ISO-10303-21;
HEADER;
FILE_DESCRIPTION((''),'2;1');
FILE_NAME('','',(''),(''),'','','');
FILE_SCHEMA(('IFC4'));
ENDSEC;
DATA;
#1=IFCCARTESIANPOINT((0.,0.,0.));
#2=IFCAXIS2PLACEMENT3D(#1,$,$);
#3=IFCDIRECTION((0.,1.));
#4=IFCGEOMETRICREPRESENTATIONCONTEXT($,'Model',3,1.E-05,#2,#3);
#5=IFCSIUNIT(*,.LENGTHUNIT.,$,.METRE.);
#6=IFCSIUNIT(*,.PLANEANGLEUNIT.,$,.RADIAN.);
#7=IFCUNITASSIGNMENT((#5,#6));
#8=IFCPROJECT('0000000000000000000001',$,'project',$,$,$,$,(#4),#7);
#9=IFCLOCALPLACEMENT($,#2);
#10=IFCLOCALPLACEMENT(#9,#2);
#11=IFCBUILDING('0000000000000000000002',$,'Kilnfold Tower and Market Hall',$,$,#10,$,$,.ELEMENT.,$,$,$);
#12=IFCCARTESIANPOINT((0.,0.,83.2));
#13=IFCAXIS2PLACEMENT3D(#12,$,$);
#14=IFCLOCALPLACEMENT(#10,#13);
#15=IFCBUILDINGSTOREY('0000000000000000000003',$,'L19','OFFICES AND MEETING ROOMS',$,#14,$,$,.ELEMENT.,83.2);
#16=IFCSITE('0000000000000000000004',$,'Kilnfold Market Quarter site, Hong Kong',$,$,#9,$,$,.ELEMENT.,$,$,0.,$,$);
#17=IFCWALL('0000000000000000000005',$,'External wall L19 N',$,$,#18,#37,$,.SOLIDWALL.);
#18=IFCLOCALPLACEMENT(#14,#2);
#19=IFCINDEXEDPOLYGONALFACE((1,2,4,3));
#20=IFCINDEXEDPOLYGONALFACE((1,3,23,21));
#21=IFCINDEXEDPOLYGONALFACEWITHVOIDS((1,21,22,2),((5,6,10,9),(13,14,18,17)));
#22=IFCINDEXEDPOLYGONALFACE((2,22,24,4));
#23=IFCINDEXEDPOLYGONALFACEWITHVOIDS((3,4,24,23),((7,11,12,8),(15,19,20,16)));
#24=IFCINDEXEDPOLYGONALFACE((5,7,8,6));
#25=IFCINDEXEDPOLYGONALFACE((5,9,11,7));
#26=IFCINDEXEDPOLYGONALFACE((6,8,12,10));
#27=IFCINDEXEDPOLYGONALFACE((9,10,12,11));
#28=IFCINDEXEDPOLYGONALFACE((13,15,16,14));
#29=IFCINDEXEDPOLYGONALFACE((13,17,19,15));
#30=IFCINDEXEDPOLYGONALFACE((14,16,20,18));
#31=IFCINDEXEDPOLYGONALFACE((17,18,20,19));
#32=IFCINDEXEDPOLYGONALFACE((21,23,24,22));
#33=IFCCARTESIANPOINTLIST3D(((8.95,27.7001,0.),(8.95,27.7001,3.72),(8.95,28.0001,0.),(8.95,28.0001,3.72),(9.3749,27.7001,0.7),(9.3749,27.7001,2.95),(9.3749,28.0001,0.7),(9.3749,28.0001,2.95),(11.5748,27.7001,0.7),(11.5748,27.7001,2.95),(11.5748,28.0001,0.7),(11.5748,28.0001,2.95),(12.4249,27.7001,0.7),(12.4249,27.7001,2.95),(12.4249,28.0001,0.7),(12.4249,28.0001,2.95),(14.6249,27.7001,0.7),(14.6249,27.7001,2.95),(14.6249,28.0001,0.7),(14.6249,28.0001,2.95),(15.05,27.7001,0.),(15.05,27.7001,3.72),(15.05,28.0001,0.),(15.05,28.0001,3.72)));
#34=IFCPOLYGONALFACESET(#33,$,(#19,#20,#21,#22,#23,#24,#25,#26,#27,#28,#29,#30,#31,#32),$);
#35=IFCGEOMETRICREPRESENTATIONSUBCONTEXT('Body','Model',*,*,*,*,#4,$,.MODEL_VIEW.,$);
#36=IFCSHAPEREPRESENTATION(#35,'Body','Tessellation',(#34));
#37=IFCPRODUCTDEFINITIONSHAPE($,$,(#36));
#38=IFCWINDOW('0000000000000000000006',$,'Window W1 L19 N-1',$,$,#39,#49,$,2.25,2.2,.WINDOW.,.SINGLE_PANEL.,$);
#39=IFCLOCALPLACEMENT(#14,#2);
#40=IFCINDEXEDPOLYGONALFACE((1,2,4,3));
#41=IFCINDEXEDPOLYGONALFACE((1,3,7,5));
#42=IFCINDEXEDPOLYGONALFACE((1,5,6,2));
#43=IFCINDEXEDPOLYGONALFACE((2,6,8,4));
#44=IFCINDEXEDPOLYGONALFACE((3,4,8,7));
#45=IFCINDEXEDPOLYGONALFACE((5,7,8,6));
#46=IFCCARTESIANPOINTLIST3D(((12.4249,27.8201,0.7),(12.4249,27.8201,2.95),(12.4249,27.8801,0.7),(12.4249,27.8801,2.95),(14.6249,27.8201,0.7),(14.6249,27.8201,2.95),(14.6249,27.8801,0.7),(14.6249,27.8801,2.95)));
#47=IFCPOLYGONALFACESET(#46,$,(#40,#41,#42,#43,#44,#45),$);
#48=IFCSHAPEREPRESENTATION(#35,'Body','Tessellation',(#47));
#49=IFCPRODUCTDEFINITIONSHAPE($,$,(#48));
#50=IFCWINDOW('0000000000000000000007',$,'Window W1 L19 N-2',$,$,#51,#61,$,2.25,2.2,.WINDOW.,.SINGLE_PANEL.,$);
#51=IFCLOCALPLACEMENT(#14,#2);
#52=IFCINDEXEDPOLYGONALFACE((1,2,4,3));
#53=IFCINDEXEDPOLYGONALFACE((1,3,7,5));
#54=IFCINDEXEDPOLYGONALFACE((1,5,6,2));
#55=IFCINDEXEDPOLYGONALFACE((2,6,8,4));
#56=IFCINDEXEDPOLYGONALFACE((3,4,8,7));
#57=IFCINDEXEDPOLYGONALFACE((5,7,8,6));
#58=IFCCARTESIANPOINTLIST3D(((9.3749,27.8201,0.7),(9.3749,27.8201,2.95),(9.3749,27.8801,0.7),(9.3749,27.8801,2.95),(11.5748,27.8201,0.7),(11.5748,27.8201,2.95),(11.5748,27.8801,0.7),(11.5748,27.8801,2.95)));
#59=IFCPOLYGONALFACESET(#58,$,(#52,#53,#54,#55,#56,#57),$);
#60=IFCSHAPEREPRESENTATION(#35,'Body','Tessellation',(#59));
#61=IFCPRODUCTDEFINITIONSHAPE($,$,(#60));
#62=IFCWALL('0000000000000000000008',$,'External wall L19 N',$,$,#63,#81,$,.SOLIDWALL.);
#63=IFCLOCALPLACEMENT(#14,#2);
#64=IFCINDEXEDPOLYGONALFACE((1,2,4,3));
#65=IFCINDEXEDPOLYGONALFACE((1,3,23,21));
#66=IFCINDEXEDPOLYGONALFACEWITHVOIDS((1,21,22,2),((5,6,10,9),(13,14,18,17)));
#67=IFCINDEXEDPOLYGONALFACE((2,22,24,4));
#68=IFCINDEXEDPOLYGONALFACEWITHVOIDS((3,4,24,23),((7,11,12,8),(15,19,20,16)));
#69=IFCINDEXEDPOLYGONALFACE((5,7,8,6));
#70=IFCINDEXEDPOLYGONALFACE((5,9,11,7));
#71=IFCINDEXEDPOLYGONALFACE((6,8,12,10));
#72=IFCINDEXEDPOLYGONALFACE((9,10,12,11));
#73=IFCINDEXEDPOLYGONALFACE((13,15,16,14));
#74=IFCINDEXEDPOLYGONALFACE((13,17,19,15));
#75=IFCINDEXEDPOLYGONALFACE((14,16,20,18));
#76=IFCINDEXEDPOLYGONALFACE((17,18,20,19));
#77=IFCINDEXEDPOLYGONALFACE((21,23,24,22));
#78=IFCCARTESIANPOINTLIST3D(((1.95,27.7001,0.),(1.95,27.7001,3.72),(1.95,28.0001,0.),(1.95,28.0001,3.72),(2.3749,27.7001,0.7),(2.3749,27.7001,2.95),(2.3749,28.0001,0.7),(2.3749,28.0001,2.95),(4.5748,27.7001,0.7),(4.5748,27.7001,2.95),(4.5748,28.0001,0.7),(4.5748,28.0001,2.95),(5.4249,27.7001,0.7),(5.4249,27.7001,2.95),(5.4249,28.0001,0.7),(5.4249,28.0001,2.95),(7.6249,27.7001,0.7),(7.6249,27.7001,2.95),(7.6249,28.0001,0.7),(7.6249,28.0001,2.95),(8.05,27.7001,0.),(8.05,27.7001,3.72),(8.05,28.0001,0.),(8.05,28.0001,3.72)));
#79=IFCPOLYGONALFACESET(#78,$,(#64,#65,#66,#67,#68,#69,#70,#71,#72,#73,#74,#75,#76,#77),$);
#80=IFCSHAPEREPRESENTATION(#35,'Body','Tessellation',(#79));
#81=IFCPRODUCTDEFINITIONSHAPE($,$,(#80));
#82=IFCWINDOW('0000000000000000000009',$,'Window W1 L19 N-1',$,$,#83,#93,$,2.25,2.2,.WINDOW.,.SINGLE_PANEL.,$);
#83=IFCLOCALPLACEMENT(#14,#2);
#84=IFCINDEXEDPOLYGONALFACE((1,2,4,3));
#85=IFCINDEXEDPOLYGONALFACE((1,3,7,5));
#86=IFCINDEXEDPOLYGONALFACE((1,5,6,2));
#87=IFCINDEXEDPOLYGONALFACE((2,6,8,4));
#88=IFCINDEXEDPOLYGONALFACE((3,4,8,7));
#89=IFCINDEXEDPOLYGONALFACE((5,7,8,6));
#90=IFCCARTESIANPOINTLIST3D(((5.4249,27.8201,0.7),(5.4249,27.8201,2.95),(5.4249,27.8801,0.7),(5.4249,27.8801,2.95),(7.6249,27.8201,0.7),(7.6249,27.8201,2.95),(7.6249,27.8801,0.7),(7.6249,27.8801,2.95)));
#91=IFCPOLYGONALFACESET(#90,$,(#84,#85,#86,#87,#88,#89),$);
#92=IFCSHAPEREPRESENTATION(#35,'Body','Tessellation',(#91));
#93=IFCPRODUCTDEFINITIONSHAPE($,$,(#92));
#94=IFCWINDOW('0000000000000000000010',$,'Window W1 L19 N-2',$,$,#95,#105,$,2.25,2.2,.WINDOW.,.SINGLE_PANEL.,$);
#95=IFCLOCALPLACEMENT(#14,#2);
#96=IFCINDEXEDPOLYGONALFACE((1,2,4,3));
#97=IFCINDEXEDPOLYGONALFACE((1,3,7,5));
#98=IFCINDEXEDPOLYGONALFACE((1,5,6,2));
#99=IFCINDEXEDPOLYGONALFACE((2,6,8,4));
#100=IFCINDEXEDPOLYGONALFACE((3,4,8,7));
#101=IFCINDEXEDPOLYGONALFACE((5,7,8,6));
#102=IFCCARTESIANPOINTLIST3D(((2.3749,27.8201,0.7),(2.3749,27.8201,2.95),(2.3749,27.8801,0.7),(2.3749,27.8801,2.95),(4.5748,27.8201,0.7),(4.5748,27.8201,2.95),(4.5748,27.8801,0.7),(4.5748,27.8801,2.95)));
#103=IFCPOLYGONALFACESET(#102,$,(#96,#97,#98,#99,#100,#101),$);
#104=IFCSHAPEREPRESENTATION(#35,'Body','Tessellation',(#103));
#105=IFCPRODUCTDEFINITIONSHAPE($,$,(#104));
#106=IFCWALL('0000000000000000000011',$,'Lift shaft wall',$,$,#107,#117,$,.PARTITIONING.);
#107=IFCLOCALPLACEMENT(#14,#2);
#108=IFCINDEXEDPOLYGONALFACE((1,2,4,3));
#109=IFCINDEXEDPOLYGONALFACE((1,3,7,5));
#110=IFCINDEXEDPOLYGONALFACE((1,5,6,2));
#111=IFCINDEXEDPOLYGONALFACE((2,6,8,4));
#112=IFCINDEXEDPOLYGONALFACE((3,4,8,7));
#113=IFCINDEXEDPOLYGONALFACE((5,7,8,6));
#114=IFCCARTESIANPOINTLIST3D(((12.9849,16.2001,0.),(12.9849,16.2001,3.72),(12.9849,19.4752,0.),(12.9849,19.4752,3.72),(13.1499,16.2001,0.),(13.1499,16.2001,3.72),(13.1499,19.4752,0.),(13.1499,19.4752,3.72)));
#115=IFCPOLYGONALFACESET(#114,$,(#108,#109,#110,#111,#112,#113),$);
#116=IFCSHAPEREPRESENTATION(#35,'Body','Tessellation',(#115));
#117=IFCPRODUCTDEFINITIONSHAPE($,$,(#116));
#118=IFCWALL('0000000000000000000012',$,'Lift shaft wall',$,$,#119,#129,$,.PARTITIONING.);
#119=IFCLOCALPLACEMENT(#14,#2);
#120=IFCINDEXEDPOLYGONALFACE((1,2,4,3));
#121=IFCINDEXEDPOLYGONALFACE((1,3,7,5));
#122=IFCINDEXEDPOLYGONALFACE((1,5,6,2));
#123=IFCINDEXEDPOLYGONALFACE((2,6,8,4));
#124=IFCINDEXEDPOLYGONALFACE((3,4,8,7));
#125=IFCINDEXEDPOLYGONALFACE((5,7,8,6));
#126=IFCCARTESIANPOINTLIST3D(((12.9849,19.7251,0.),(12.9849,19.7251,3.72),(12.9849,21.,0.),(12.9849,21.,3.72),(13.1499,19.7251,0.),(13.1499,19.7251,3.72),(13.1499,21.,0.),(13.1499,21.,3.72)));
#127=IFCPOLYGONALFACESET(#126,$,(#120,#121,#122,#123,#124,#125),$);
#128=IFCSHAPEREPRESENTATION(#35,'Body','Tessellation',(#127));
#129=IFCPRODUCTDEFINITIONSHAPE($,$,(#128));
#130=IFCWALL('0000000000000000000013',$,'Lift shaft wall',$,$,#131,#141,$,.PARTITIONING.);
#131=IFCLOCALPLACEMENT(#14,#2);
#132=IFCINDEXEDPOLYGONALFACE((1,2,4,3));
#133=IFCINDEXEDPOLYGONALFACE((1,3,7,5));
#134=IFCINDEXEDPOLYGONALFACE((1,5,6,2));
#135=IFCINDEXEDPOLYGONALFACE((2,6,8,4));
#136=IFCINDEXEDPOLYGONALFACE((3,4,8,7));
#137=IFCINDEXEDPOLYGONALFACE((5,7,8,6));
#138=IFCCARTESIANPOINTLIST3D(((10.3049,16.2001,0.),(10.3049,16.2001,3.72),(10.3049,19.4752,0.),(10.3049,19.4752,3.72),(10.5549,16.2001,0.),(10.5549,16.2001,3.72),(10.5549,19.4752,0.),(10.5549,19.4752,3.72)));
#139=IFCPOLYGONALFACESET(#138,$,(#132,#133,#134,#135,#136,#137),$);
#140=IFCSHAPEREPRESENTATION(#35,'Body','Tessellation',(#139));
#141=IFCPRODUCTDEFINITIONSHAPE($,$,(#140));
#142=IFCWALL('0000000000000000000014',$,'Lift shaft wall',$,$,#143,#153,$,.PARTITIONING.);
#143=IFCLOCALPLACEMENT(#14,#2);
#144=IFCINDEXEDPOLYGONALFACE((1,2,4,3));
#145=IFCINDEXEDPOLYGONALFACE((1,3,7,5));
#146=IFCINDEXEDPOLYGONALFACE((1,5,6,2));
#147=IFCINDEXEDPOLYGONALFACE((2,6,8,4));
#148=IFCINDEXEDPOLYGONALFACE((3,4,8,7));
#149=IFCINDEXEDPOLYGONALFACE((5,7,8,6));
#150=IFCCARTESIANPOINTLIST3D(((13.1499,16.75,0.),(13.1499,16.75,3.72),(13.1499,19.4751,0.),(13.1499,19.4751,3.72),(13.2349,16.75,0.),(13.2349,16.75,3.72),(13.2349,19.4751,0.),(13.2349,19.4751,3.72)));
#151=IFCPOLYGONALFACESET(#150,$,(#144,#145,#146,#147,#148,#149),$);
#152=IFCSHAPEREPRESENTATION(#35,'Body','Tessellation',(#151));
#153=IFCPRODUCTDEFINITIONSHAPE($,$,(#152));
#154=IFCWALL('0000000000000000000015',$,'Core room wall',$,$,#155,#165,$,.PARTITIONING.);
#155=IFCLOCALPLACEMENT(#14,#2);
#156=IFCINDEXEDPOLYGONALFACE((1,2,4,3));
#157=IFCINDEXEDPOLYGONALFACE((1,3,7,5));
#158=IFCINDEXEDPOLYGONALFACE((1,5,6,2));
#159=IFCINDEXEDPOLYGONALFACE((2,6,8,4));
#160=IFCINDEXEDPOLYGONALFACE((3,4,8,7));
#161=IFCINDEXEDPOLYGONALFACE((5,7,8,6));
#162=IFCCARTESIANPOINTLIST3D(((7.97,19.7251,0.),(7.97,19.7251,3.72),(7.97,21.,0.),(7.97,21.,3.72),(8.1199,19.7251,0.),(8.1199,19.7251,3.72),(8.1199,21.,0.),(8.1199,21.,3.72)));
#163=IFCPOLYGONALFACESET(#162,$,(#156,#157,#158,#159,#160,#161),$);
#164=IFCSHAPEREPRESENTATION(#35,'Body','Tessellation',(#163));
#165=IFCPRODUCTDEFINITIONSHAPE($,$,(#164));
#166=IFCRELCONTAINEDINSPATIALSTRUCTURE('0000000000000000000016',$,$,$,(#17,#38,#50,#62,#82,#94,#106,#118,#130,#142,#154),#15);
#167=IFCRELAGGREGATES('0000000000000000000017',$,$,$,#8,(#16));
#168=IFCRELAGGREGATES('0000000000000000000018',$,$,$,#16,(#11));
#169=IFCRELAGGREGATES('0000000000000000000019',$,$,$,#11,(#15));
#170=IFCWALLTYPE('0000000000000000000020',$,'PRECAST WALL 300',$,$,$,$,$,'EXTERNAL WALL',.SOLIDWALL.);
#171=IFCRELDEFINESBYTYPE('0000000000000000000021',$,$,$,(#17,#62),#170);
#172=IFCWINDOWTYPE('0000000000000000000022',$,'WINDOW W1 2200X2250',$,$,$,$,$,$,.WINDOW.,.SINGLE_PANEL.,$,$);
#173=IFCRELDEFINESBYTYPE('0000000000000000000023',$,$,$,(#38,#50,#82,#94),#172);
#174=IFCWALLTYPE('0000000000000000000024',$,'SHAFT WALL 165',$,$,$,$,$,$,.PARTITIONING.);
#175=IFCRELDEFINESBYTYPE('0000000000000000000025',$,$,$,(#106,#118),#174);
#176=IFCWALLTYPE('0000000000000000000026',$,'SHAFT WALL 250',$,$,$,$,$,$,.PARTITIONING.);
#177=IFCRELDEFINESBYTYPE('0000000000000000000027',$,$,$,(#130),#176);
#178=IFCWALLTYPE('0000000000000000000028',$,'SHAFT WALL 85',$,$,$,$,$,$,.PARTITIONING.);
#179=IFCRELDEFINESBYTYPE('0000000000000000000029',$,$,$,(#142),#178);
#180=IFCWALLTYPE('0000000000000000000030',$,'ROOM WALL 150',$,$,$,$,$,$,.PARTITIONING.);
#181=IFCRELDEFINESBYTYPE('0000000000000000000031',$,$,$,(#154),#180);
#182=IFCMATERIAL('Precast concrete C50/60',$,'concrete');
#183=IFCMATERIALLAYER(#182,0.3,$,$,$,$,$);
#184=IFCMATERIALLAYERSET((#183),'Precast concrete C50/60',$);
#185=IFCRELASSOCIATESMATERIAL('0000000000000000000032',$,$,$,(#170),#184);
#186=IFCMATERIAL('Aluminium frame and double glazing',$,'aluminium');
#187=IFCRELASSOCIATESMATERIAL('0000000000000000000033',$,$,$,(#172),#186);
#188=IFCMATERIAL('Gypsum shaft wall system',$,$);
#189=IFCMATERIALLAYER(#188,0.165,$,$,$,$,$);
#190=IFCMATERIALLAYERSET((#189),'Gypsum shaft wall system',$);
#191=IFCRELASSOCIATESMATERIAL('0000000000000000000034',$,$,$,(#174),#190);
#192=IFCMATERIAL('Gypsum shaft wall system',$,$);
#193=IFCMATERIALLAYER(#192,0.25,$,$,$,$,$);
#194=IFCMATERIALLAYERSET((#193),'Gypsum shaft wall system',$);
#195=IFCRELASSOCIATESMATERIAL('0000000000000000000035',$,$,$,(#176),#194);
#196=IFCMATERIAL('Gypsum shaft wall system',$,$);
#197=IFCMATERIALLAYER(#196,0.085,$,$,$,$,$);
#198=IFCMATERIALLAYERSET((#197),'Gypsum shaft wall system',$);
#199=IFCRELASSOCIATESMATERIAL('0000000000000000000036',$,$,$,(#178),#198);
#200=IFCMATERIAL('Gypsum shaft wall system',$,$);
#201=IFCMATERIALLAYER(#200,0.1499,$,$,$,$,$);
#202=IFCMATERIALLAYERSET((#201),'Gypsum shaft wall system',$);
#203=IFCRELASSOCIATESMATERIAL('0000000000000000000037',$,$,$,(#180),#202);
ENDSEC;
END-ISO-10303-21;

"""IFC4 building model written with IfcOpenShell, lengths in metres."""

from ifc_helpers import new_model, si_unit, direction, frame, frame_2d, origin, place, context, subcontext, project, spatial, rectangle, extrude, source, transform, mapped, material, layer, layer_set, type_object, element, fill, save


model = new_model("IFC4")

# Units and contexts
model_context = context("Model", 3, precision=1e-05, world=origin(), true_north=direction((0.0, 1.0)))
body_context = subcontext(model_context, "Body", "Model", "MODEL_VIEW")
ifc_project = project(units=[si_unit("LENGTHUNIT", "METRE"), si_unit("PLANEANGLEUNIT", "RADIAN")], contexts=[model_context])

# Site, building, storey
site_placement = place(None, origin())
site = spatial("IfcSite", under=ifc_project, at=site_placement, Name="Kilnfold Market Quarter site, Hong Kong", CompositionType="ELEMENT", RefElevation=0.0)
building_placement = place(site_placement, origin())
building = spatial("IfcBuilding", under=site, at=building_placement, Name="Kilnfold Tower and Market Hall", CompositionType="ELEMENT")
storey_placement = place(building_placement, frame((0.0, 0.0, 83.2)))
storey = spatial("IfcBuildingStorey", under=building, at=storey_placement, Name="L19", Description="OFFICES AND MEETING ROOMS", CompositionType="ELEMENT", Elevation=83.2)

# Walls, openings, windows
ifc_material_1 = material(Name="Precast concrete C50/60", Category="concrete")
ifc_layer_1 = layer(ifc_material_1, 0.3)
ifc_layer_set_1 = layer_set([ifc_layer_1], Name="Precast concrete C50/60")
wall_type_1 = type_object("IfcWallType", Name="PRECAST WALL 300", ElementType="EXTERNAL WALL", PredefinedType="SOLIDWALL", material=ifc_layer_set_1)
shared_shape_1 = source(origin(), body_context, "Body", "SweptSolid", [
    extrude(rectangle(XDim=6.1001, YDim=0.3, at=frame_2d((3.05, 0.0))), origin(), (0.0, 0.0, 1.0), 3.72),
])
ifc_material_2 = material(Name="Aluminium frame and double glazing", Category="aluminium")
window_type = type_object("IfcWindowType", Name="WINDOW W1 2200X2250", PartitioningType="SINGLE_PANEL", PredefinedType="WINDOW", material=ifc_material_2)
wall_1_placement = place(storey_placement, frame((15.05, 27.8501, 0.0), z_axis=(0.0, 0.0, 1.0), x_axis=(-1.0, 0.0, 0.0)))
wall_1 = element("IfcWall", 1, at=wall_1_placement, inside=storey, type_object=wall_type_1, Name="External wall L19 N", PredefinedType="SOLIDWALL", context=body_context, shape_type="MappedRepresentation", body=[
    mapped(shared_shape_1, transform((0.0, 0.0, 0.0))),
])
opening_1_placement = place(wall_1_placement, frame((0.425, 0.0, 0.7)))
opening_1 = element("IfcOpeningElement", 2, at=opening_1_placement, cuts=wall_1, PredefinedType="OPENING", context=body_context, shape_type="SweptSolid", body=[
    extrude(rectangle(XDim=2.2, YDim=2.25, at=frame_2d((1.1001, 1.125))), frame((0.0, 0.1602, 0.0), z_axis=(0.0, -1.0, 0.0), x_axis=(1.0, 0.0, 0.0)), (0.0, 0.0, 1.0), 0.3201),
])
opening_2_placement = place(wall_1_placement, frame((3.4751, 0.0, 0.7)))
opening_2 = element("IfcOpeningElement", 3, at=opening_2_placement, cuts=wall_1, PredefinedType="OPENING", context=body_context, shape_type="SweptSolid", body=[
    extrude(rectangle(XDim=2.2, YDim=2.25, at=frame_2d((1.1001, 1.125))), frame((0.0, 0.1602, 0.0), z_axis=(0.0, -1.0, 0.0), x_axis=(1.0, 0.0, 0.0)), (0.0, 0.0, 1.0), 0.3201),
])
window_1_placement = place(opening_1_placement, origin())
window_1 = element("IfcWindow", 4, at=window_1_placement, inside=storey, type_object=window_type, Name="Window W1 L19 N-1", OverallHeight=2.25, OverallWidth=2.2, PartitioningType="SINGLE_PANEL", PredefinedType="WINDOW", context=body_context, shape_type="SweptSolid", body=[
    extrude(rectangle(XDim=2.2, YDim=2.25, at=frame_2d((1.1001, 1.125))), frame((0.0, 0.03, 0.0), z_axis=(0.0, -1.0, 0.0), x_axis=(1.0, 0.0, 0.0)), (0.0, 0.0, 1.0), 0.0601),
])
fill(opening_1, window_1)
window_2_placement = place(opening_2_placement, origin())
window_2 = element("IfcWindow", 5, at=window_2_placement, inside=storey, type_object=window_type, Name="Window W1 L19 N-2", OverallHeight=2.25, OverallWidth=2.2, PartitioningType="SINGLE_PANEL", PredefinedType="WINDOW", context=body_context, shape_type="SweptSolid", body=[
    extrude(rectangle(XDim=2.2, YDim=2.25, at=frame_2d((1.1001, 1.125))), frame((0.0, 0.03, 0.0), z_axis=(0.0, -1.0, 0.0), x_axis=(1.0, 0.0, 0.0)), (0.0, 0.0, 1.0), 0.0601),
])
fill(opening_2, window_2)
wall_2_placement = place(storey_placement, frame((8.05, 27.8501, 0.0), z_axis=(0.0, 0.0, 1.0), x_axis=(-1.0, 0.0, 0.0)))
wall_2 = element("IfcWall", 6, at=wall_2_placement, inside=storey, type_object=wall_type_1, Name="External wall L19 N", PredefinedType="SOLIDWALL", context=body_context, shape_type="MappedRepresentation", body=[
    mapped(shared_shape_1, transform((0.0, 0.0, 0.0))),
])
opening_3_placement = place(wall_2_placement, frame((0.425, 0.0, 0.7)))
opening_3 = element("IfcOpeningElement", 7, at=opening_3_placement, cuts=wall_2, PredefinedType="OPENING", context=body_context, shape_type="SweptSolid", body=[
    extrude(rectangle(XDim=2.2, YDim=2.25, at=frame_2d((1.1001, 1.125))), frame((0.0, 0.1602, 0.0), z_axis=(0.0, -1.0, 0.0), x_axis=(1.0, 0.0, 0.0)), (0.0, 0.0, 1.0), 0.3201),
])
opening_4_placement = place(wall_2_placement, frame((3.4751, 0.0, 0.7)))
opening_4 = element("IfcOpeningElement", 8, at=opening_4_placement, cuts=wall_2, PredefinedType="OPENING", context=body_context, shape_type="SweptSolid", body=[
    extrude(rectangle(XDim=2.2, YDim=2.25, at=frame_2d((1.1001, 1.125))), frame((0.0, 0.1602, 0.0), z_axis=(0.0, -1.0, 0.0), x_axis=(1.0, 0.0, 0.0)), (0.0, 0.0, 1.0), 0.3201),
])
window_3_placement = place(opening_3_placement, origin())
window_3 = element("IfcWindow", 9, at=window_3_placement, inside=storey, type_object=window_type, Name="Window W1 L19 N-1", OverallHeight=2.25, OverallWidth=2.2, PartitioningType="SINGLE_PANEL", PredefinedType="WINDOW", context=body_context, shape_type="SweptSolid", body=[
    extrude(rectangle(XDim=2.2, YDim=2.25, at=frame_2d((1.1001, 1.125))), frame((0.0, 0.03, 0.0), z_axis=(0.0, -1.0, 0.0), x_axis=(1.0, 0.0, 0.0)), (0.0, 0.0, 1.0), 0.0601),
])
fill(opening_3, window_3)
window_4_placement = place(opening_4_placement, origin())
window_4 = element("IfcWindow", 10, at=window_4_placement, inside=storey, type_object=window_type, Name="Window W1 L19 N-2", OverallHeight=2.25, OverallWidth=2.2, PartitioningType="SINGLE_PANEL", PredefinedType="WINDOW", context=body_context, shape_type="SweptSolid", body=[
    extrude(rectangle(XDim=2.2, YDim=2.25, at=frame_2d((1.1001, 1.125))), frame((0.0, 0.03, 0.0), z_axis=(0.0, -1.0, 0.0), x_axis=(1.0, 0.0, 0.0)), (0.0, 0.0, 1.0), 0.0601),
])
fill(opening_4, window_4)

# Walls
ifc_material_3 = material(Name="Gypsum shaft wall system")
ifc_layer_2 = layer(ifc_material_3, 0.165)
ifc_layer_set_2 = layer_set([ifc_layer_2], Name="Gypsum shaft wall system")
wall_type_2 = type_object("IfcWallType", Name="SHAFT WALL 165", PredefinedType="PARTITIONING", material=ifc_layer_set_2)
shared_shape_2 = source(origin(), body_context, "Body", "SweptSolid", [
    extrude(rectangle(XDim=3.2751, YDim=0.165, at=frame_2d((1.6377, 0.0))), origin(), (0.0, 0.0, 1.0), 3.72),
])
wall_3_placement = place(storey_placement, frame((13.0674, 16.2, 0.0), z_axis=(0.0, 0.0, 1.0), x_axis=(0.0, 1.0, 0.0)))
element("IfcWall", 11, at=wall_3_placement, inside=storey, type_object=wall_type_2, Name="Lift shaft wall", PredefinedType="PARTITIONING", context=body_context, shape_type="MappedRepresentation", body=[
    mapped(shared_shape_2, transform((0.0, 0.0, 0.0))),
])
shared_shape_3 = source(origin(), body_context, "Body", "SweptSolid", [
    extrude(rectangle(XDim=1.2749, YDim=0.165, at=frame_2d((0.6375, 0.0))), origin(), (0.0, 0.0, 1.0), 3.72),
])
wall_4_placement = place(storey_placement, frame((13.0674, 19.7251, 0.0), z_axis=(0.0, 0.0, 1.0), x_axis=(0.0, 1.0, 0.0)))
element("IfcWall", 12, at=wall_4_placement, inside=storey, type_object=wall_type_2, Name="Lift shaft wall", PredefinedType="PARTITIONING", context=body_context, shape_type="MappedRepresentation", body=[
    mapped(shared_shape_3, transform((0.0, 0.0, 0.0))),
])
ifc_material_4 = material(Name="Gypsum shaft wall system")
ifc_layer_3 = layer(ifc_material_4, 0.25)
ifc_layer_set_3 = layer_set([ifc_layer_3], Name="Gypsum shaft wall system")
wall_type_3 = type_object("IfcWallType", Name="SHAFT WALL 250", PredefinedType="PARTITIONING", material=ifc_layer_set_3)
shared_shape_4 = source(origin(), body_context, "Body", "SweptSolid", [
    extrude(rectangle(XDim=3.2751, YDim=0.25, at=frame_2d((1.6377, 0.0))), origin(), (0.0, 0.0, 1.0), 3.72),
])
wall_5_placement = place(storey_placement, frame((10.4299, 16.2, 0.0), z_axis=(0.0, 0.0, 1.0), x_axis=(0.0, 1.0, 0.0)))
element("IfcWall", 13, at=wall_5_placement, inside=storey, type_object=wall_type_3, Name="Lift shaft wall", PredefinedType="PARTITIONING", context=body_context, shape_type="MappedRepresentation", body=[
    mapped(shared_shape_4, transform((0.0, 0.0, 0.0))),
])
ifc_material_5 = material(Name="Gypsum shaft wall system")
ifc_layer_4 = layer(ifc_material_5, 0.085)
ifc_layer_set_4 = layer_set([ifc_layer_4], Name="Gypsum shaft wall system")
wall_type_4 = type_object("IfcWallType", Name="SHAFT WALL 85", PredefinedType="PARTITIONING", material=ifc_layer_set_4)
shared_shape_5 = source(origin(), body_context, "Body", "SweptSolid", [
    extrude(rectangle(XDim=2.7251, YDim=0.085, at=frame_2d((1.3625, 0.0))), origin(), (0.0, 0.0, 1.0), 3.72),
])
wall_6_placement = place(storey_placement, frame((13.1924, 16.75, 0.0), z_axis=(0.0, 0.0, 1.0), x_axis=(0.0, 1.0, 0.0)))
element("IfcWall", 14, at=wall_6_placement, inside=storey, type_object=wall_type_4, Name="Lift shaft wall", PredefinedType="PARTITIONING", context=body_context, shape_type="MappedRepresentation", body=[
    mapped(shared_shape_5, transform((0.0, 0.0, 0.0))),
])
ifc_material_6 = material(Name="Gypsum shaft wall system")
ifc_layer_5 = layer(ifc_material_6, 0.1499)
ifc_layer_set_5 = layer_set([ifc_layer_5], Name="Gypsum shaft wall system")
wall_type_5 = type_object("IfcWallType", Name="ROOM WALL 150", PredefinedType="PARTITIONING", material=ifc_layer_set_5)
shared_shape_6 = source(origin(), body_context, "Body", "SweptSolid", [
    extrude(rectangle(XDim=1.2749, YDim=0.1499, at=frame_2d((0.6375, 0.0))), origin(), (0.0, 0.0, 1.0), 3.72),
])
wall_7_placement = place(storey_placement, frame((8.0449, 19.7251, 0.0), z_axis=(0.0, 0.0, 1.0), x_axis=(0.0, 1.0, 0.0)))
element("IfcWall", 15, at=wall_7_placement, inside=storey, type_object=wall_type_5, Name="Core room wall", PredefinedType="PARTITIONING", context=body_context, shape_type="MappedRepresentation", body=[
    mapped(shared_shape_6, transform((0.0, 0.0, 0.0))),
])

save(model, "model.ifc")
